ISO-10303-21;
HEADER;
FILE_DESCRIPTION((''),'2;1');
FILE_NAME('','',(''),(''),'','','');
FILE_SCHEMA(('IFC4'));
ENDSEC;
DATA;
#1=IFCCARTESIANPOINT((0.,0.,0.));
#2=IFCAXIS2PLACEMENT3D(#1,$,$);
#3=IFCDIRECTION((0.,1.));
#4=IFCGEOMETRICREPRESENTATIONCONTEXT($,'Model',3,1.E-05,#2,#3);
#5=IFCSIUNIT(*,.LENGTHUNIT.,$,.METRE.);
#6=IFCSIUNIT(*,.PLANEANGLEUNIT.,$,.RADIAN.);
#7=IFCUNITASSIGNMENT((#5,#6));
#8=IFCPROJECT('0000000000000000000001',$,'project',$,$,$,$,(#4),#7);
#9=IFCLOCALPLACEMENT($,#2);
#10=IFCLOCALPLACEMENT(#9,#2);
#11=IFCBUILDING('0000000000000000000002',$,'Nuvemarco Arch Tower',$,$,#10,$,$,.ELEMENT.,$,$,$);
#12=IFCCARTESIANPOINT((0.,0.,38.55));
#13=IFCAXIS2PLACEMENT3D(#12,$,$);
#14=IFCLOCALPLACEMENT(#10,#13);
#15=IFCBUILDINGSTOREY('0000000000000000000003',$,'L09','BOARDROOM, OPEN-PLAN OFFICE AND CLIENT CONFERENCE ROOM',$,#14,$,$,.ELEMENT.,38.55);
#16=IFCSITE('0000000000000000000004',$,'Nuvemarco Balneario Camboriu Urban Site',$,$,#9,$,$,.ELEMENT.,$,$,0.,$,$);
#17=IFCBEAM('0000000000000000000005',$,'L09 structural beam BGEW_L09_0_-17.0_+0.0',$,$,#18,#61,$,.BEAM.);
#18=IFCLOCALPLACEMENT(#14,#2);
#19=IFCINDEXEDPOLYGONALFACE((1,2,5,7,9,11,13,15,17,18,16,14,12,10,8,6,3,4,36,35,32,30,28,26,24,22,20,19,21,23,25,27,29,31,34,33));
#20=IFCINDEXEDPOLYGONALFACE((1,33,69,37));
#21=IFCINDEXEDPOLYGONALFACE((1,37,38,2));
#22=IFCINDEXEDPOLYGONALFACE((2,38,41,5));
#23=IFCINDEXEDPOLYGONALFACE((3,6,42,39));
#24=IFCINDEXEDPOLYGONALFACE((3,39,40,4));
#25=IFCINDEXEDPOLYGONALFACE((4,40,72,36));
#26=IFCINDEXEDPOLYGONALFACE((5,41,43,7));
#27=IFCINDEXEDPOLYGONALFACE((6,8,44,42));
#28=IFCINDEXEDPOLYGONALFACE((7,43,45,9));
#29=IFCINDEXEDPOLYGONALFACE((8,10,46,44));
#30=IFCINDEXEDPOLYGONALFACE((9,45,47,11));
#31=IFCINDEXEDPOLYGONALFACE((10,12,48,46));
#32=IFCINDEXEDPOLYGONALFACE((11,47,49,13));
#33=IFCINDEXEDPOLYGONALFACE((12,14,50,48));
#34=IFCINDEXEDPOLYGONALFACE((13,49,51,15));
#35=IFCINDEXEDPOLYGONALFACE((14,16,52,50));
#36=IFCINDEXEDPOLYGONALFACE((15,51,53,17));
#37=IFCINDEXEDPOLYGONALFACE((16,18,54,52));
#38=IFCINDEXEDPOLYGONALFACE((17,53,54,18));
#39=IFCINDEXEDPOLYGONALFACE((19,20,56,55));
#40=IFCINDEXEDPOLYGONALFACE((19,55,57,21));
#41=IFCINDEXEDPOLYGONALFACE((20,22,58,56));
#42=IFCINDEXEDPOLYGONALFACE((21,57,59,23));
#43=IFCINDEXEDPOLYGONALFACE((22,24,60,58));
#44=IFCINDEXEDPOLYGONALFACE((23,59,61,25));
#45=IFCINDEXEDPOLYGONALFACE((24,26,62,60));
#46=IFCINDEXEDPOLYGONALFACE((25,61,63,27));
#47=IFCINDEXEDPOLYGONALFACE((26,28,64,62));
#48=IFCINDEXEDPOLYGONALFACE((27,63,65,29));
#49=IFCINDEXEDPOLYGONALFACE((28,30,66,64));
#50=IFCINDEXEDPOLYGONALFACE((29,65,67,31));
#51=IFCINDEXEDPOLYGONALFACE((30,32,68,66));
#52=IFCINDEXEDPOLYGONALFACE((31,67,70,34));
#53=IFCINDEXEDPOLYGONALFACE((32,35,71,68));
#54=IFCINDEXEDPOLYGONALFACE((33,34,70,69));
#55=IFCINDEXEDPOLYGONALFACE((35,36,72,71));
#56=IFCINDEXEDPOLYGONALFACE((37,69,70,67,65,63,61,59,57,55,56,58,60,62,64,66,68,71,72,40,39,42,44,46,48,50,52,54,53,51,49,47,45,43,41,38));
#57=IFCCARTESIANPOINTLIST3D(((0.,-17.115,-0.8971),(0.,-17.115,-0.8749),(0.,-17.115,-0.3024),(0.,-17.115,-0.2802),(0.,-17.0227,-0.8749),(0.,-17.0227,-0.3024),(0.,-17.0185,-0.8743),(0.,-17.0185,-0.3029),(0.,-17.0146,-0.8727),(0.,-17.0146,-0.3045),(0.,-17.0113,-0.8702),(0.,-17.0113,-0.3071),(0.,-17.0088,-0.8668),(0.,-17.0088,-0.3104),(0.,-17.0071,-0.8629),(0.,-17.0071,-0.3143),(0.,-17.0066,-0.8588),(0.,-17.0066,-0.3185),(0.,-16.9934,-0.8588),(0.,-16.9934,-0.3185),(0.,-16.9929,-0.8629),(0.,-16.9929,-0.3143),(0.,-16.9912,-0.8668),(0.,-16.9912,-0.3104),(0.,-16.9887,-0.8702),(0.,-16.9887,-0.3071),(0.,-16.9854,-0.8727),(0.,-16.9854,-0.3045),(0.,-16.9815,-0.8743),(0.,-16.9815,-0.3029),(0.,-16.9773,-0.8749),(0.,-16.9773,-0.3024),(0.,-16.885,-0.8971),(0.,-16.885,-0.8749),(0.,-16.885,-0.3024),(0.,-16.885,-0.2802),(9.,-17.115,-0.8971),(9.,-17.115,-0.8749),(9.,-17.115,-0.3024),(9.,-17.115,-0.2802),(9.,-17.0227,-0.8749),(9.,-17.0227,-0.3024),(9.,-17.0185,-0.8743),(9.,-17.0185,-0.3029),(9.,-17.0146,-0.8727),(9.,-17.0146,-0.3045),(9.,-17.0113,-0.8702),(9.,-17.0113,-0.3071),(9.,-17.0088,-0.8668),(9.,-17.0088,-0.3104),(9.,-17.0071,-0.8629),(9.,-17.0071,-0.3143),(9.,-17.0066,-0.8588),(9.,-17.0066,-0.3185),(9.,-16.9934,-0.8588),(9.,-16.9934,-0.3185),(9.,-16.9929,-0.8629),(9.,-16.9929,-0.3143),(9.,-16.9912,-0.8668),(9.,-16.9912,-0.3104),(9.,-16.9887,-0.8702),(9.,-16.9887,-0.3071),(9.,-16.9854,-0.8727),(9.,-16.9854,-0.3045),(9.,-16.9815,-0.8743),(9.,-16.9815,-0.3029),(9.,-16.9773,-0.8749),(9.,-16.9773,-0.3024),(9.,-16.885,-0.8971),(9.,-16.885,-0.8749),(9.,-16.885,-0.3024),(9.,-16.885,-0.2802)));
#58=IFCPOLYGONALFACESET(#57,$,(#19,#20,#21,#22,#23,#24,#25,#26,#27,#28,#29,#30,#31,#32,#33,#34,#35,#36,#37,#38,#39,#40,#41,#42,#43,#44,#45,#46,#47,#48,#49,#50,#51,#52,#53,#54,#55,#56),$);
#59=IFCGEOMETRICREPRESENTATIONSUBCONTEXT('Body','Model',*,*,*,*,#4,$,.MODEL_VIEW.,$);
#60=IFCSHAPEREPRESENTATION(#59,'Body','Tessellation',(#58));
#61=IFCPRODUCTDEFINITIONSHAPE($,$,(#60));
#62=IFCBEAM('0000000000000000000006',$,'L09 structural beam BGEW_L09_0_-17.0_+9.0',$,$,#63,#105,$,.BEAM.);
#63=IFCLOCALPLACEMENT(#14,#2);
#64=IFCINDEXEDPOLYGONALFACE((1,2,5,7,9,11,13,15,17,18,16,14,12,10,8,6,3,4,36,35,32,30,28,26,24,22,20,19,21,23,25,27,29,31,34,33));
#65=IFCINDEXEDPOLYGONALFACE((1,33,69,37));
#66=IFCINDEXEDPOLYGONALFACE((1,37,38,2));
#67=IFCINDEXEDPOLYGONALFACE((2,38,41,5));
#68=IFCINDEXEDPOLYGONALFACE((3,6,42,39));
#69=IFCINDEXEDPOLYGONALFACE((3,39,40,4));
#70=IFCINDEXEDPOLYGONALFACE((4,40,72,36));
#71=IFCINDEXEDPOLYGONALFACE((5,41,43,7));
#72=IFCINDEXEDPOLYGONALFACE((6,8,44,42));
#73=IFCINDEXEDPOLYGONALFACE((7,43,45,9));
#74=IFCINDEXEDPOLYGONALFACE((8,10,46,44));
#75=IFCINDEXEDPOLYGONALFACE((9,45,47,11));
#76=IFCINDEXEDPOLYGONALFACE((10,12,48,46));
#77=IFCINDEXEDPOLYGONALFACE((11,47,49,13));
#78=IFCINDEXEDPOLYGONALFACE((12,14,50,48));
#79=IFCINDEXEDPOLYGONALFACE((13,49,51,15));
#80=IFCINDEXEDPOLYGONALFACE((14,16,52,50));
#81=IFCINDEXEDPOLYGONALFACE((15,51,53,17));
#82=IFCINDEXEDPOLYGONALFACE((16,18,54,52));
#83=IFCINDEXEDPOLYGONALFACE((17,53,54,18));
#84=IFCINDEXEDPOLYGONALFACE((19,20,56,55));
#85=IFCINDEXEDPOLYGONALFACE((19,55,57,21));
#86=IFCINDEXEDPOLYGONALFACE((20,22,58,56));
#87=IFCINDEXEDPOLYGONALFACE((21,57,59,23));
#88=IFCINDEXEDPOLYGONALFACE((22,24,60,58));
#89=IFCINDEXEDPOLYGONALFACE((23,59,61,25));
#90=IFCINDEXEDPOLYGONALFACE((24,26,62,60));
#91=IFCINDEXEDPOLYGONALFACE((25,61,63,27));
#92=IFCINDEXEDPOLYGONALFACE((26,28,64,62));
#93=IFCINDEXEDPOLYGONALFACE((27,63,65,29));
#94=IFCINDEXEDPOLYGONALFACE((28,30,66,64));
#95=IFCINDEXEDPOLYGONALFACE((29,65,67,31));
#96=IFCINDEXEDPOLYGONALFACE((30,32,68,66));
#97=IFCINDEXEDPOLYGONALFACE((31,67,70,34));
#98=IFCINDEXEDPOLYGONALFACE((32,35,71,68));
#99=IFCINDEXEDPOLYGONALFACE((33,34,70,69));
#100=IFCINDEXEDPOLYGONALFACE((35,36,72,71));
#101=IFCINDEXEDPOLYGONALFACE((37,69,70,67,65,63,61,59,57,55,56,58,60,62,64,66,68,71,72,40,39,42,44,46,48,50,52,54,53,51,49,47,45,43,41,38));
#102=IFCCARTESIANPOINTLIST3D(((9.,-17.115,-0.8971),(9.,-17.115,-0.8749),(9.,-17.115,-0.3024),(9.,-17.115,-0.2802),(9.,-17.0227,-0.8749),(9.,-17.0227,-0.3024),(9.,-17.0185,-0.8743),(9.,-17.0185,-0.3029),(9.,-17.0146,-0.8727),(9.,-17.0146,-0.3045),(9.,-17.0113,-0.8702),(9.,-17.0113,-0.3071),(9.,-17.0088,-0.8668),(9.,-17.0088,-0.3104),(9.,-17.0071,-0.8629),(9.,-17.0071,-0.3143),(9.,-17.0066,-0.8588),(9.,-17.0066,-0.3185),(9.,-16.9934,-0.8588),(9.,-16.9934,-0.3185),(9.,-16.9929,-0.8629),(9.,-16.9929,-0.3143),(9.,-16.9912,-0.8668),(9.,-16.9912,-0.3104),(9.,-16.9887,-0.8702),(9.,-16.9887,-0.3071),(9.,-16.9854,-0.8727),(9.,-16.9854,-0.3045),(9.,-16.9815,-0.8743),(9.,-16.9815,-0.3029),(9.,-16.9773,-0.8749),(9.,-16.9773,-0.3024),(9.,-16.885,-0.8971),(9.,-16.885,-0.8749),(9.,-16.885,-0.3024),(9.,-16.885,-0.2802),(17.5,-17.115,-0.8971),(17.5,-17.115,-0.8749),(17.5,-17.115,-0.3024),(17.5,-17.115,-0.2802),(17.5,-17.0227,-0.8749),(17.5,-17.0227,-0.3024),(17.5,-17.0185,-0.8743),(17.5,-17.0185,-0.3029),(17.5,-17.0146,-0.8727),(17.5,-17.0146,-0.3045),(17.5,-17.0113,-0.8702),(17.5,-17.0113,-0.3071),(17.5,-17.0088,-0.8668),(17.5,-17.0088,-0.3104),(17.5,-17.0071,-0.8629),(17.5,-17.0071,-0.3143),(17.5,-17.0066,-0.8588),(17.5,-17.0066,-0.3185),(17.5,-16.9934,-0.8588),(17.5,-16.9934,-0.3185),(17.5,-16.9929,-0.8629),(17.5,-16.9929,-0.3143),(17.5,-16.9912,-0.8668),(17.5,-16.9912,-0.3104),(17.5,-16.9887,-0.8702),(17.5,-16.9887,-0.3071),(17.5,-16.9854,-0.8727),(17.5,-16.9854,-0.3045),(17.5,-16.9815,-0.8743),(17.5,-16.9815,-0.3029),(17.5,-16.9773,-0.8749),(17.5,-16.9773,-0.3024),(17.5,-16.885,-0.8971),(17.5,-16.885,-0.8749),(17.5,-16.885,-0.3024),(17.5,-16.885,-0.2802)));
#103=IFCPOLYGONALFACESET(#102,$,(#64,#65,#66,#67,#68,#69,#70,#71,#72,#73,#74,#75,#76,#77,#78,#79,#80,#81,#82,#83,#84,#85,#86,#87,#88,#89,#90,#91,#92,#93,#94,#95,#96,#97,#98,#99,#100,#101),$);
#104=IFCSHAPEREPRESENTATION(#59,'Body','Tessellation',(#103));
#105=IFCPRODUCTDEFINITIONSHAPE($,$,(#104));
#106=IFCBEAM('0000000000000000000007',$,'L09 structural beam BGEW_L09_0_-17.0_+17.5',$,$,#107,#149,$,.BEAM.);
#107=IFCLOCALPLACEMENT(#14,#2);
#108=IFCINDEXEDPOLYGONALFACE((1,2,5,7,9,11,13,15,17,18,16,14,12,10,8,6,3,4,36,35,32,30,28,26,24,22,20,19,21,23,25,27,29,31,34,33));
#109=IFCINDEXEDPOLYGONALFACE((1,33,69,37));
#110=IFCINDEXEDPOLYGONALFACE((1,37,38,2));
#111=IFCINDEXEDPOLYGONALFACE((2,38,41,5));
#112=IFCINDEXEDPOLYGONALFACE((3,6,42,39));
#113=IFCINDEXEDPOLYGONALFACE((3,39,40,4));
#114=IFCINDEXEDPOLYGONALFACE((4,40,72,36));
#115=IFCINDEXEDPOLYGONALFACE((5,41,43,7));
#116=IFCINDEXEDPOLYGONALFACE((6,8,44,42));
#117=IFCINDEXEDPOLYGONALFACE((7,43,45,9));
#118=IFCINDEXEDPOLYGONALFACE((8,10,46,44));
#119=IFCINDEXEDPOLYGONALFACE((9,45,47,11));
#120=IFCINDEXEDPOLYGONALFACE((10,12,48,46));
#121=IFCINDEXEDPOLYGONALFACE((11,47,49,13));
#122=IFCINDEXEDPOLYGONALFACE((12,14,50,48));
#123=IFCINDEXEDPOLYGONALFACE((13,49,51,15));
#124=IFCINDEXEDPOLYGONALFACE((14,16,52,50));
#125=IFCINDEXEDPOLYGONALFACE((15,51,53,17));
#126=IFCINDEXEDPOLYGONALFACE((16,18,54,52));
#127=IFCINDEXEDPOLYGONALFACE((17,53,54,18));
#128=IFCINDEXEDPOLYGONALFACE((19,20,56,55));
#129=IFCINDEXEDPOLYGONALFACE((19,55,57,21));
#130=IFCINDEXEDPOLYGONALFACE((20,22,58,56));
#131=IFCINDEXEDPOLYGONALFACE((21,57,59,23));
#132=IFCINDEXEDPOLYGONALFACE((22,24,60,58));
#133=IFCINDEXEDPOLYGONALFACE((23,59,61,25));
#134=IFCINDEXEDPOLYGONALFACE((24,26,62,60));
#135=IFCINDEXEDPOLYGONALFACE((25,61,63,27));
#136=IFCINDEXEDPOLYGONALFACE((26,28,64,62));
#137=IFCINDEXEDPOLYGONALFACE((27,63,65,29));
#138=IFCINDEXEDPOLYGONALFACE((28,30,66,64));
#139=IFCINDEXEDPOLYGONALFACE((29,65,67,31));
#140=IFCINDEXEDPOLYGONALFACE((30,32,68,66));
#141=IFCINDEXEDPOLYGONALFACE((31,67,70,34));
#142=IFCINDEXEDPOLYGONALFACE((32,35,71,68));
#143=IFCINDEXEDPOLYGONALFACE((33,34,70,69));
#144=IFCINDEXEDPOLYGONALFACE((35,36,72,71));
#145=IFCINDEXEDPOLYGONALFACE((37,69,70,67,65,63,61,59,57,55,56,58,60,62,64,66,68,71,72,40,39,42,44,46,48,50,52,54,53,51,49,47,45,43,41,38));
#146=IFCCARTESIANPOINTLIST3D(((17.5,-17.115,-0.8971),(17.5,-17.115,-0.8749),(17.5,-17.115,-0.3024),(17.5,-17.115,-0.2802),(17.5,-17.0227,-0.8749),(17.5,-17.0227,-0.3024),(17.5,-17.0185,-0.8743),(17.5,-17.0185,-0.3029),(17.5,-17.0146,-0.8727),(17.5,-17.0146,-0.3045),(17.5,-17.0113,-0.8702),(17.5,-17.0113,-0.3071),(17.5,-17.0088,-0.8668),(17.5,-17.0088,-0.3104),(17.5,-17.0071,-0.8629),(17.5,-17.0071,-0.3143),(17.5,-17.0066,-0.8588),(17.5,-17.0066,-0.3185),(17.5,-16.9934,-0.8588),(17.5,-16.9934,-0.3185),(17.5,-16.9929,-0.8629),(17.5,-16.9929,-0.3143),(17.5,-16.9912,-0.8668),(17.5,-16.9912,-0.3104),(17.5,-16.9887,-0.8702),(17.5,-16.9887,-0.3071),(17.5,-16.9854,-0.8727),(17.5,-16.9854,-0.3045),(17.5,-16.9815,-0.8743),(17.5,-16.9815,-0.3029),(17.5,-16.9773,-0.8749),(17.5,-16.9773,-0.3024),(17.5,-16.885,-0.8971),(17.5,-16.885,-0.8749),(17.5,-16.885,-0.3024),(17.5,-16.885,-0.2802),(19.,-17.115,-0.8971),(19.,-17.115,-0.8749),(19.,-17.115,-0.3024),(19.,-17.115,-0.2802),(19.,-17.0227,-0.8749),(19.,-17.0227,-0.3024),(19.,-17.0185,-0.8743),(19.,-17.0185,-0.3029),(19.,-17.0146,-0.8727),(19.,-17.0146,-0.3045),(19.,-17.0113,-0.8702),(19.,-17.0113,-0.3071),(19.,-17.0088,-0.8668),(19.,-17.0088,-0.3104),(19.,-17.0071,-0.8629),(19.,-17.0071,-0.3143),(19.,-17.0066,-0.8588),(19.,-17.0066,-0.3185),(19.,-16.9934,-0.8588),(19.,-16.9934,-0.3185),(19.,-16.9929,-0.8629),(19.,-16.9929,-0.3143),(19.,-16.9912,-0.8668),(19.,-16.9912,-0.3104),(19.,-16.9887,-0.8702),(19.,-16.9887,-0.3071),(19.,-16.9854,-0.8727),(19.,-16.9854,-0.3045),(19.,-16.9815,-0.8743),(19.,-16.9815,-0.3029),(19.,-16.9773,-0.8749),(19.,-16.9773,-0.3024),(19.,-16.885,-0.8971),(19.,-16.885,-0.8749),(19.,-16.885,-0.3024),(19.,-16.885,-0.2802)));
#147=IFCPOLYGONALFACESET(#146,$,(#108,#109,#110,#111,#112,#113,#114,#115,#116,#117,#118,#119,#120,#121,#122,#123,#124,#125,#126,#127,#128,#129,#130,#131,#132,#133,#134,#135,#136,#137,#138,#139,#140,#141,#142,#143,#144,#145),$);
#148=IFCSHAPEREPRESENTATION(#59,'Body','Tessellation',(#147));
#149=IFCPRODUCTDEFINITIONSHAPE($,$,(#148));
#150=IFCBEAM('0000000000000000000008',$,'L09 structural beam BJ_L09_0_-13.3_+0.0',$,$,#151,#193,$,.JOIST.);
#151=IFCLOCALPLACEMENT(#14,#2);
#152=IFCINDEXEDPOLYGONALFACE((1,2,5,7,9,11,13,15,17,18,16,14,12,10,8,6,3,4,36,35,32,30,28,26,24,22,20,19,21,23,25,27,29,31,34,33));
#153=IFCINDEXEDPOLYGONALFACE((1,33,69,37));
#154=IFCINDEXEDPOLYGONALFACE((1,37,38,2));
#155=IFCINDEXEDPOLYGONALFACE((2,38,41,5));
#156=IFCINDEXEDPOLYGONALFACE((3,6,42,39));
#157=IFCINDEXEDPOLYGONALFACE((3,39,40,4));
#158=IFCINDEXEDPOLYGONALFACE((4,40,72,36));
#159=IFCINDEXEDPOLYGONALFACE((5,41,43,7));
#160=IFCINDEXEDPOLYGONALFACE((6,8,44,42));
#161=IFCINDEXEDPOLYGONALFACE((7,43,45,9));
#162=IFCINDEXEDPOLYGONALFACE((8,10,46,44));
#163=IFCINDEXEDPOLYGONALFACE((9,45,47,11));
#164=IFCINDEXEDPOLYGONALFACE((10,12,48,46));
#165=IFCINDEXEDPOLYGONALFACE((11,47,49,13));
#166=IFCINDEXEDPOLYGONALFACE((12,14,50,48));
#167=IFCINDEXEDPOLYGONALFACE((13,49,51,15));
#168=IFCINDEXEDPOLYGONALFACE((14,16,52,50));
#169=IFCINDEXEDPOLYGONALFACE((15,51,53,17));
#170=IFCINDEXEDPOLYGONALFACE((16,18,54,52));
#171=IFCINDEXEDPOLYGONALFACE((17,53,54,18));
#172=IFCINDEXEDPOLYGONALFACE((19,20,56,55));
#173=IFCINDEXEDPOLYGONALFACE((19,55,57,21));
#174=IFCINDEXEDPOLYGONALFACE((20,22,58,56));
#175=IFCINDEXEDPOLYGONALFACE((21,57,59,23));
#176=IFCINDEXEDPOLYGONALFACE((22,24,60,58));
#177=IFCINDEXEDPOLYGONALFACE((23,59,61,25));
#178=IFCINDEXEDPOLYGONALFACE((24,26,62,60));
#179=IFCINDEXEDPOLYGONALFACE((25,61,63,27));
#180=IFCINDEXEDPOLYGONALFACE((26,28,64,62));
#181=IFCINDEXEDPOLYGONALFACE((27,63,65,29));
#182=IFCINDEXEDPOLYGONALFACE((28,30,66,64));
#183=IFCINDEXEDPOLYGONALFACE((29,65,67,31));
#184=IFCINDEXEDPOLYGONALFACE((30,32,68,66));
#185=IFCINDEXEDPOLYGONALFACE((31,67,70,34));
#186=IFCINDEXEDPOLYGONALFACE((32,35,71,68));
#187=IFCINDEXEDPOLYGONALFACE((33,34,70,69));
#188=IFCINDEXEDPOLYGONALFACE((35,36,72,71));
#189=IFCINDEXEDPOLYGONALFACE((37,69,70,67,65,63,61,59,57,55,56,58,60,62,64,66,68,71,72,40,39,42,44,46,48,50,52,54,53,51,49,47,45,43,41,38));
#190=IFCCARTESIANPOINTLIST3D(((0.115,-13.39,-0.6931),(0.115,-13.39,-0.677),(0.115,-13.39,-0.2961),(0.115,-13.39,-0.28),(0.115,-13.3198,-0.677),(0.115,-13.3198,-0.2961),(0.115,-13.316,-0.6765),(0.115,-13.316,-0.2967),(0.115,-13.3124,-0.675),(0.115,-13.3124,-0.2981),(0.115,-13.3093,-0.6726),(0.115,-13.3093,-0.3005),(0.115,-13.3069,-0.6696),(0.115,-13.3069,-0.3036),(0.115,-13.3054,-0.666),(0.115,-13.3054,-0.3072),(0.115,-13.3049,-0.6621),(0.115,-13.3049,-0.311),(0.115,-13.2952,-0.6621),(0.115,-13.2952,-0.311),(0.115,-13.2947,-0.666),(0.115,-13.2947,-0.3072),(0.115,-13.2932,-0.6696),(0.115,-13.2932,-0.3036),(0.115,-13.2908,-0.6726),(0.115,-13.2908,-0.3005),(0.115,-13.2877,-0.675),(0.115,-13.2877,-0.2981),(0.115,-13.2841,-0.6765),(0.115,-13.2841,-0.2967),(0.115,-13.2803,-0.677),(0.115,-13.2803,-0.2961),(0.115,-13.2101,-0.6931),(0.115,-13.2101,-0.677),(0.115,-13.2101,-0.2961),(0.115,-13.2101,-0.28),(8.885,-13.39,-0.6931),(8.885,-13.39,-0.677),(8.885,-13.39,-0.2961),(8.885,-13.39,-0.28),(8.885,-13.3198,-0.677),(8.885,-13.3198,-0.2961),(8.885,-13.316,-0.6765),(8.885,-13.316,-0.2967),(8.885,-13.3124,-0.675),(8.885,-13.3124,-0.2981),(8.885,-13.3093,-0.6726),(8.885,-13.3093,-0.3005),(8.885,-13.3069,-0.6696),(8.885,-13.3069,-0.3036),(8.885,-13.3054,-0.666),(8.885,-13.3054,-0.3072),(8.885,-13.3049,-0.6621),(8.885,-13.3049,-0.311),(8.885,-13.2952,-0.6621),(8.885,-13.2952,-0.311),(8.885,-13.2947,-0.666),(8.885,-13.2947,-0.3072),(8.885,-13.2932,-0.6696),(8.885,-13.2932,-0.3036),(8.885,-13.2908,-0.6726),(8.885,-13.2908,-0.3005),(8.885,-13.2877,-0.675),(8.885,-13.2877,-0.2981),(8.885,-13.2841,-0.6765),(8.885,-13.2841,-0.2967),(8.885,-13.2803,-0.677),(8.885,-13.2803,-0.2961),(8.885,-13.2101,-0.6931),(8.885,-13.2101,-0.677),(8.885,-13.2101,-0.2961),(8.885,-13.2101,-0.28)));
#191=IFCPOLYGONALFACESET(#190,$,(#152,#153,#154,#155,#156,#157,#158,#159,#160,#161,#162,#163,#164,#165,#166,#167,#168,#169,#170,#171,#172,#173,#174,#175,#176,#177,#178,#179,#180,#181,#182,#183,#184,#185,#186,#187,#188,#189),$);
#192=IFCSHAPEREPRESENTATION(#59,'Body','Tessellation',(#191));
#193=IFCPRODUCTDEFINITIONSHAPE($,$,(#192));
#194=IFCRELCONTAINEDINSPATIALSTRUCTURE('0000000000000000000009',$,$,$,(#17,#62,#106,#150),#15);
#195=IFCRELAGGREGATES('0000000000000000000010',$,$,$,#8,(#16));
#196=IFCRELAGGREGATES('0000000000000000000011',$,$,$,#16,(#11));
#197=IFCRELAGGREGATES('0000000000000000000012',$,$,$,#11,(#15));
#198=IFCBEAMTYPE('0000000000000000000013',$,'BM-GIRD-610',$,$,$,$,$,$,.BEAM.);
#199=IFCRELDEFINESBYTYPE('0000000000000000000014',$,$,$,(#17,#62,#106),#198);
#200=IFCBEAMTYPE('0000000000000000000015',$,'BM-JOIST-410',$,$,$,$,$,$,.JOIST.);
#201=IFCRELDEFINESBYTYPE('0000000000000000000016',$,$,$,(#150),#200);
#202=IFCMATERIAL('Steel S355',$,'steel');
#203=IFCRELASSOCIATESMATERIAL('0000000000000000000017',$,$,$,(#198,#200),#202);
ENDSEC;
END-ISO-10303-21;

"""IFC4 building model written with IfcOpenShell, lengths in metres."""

from ifc_helpers import new_model, si_unit, direction, frame, origin, origin_2d, place, context, subcontext, project, spatial, i_section, extrude, material, material_profile, profile_set, type_object, element, save


model = new_model("IFC4")

# Units and contexts
model_context = context("Model", 3, precision=1e-05, world=origin(), true_north=direction((0.0, 1.0)))
body_context = subcontext(model_context, "Body", "Model", "MODEL_VIEW")
ifc_project = project(units=[si_unit("LENGTHUNIT", "METRE"), si_unit("PLANEANGLEUNIT", "RADIAN")], contexts=[model_context])

# Site, building, storey
site_placement = place(None, origin())
site = spatial("IfcSite", under=ifc_project, at=site_placement, Name="Nuvemarco Balneario Camboriu Urban Site", CompositionType="ELEMENT", RefElevation=0.0)
building_placement = place(site_placement, origin())
building = spatial("IfcBuilding", under=site, at=building_placement, Name="Nuvemarco Arch Tower", CompositionType="ELEMENT")
storey_placement = place(building_placement, frame((0.0, 0.0, 38.55)))
storey = spatial("IfcBuildingStorey", under=building, at=storey_placement, Name="L09", Description="BOARDROOM, OPEN-PLAN OFFICE AND CLIENT CONFERENCE ROOM", CompositionType="ELEMENT", Elevation=38.55)

# Shared definitions
ifc_material_1 = material(Name="Steel S355", Category="steel")

# Beams
ifc_material_profile_1 = material_profile(ifc_material_1, i_section(OverallWidth=0.23, OverallDepth=0.6169, WebThickness=0.0132, FlangeThickness=0.0222, FilletRadius=0.0161, at=origin_2d()), Name="W610x140")
ifc_profile_set_1 = profile_set([ifc_material_profile_1], Name="Steel S355")
beam_type_1 = type_object("IfcBeamType", Name="BM-GIRD-610", PredefinedType="BEAM", material=ifc_profile_set_1)
beam_1_placement = place(storey_placement, frame((0.0, -17.0, -0.5886), z_axis=(1.0, 0.0, 0.0), x_axis=(0.0, 1.0, 0.0)))
element("IfcBeam", 1, at=beam_1_placement, inside=storey, type_object=beam_type_1, Name="L09 structural beam BGEW_L09_0_-17.0_+0.0", PredefinedType="BEAM", context=body_context, shape_type="SweptSolid", body=[
    extrude(i_section(OverallWidth=0.23, OverallDepth=0.6169, WebThickness=0.0132, FlangeThickness=0.0222, FilletRadius=0.0161, at=origin_2d()), origin(), (0.0, 0.0, 1.0), 9.0),
])
beam_2_placement = place(storey_placement, frame((9.0, -17.0, -0.5886), z_axis=(1.0, 0.0, 0.0), x_axis=(0.0, 1.0, 0.0)))
element("IfcBeam", 2, at=beam_2_placement, inside=storey, type_object=beam_type_1, Name="L09 structural beam BGEW_L09_0_-17.0_+9.0", PredefinedType="BEAM", context=body_context, shape_type="SweptSolid", body=[
    extrude(i_section(OverallWidth=0.23, OverallDepth=0.6169, WebThickness=0.0132, FlangeThickness=0.0222, FilletRadius=0.0161, at=origin_2d()), origin(), (0.0, 0.0, 1.0), 8.5),
])
beam_3_placement = place(storey_placement, frame((17.5, -17.0, -0.5886), z_axis=(1.0, 0.0, 0.0), x_axis=(0.0, 1.0, 0.0)))
element("IfcBeam", 3, at=beam_3_placement, inside=storey, type_object=beam_type_1, Name="L09 structural beam BGEW_L09_0_-17.0_+17.5", PredefinedType="BEAM", context=body_context, shape_type="SweptSolid", body=[
    extrude(i_section(OverallWidth=0.23, OverallDepth=0.6169, WebThickness=0.0132, FlangeThickness=0.0222, FilletRadius=0.0161, at=origin_2d()), origin(), (0.0, 0.0, 1.0), 1.5),
])
ifc_material_profile_2 = material_profile(ifc_material_1, i_section(OverallWidth=0.1799, OverallDepth=0.4131, WebThickness=0.0098, FlangeThickness=0.0161, FilletRadius=0.0149, at=origin_2d()), Name="W410x75")
ifc_profile_set_2 = profile_set([ifc_material_profile_2], Name="Steel S355")
beam_type_2 = type_object("IfcBeamType", Name="BM-JOIST-410", PredefinedType="JOIST", material=ifc_profile_set_2)
beam_4_placement = place(storey_placement, frame((0.115, -13.3, -0.4866), z_axis=(1.0, 0.0, 0.0), x_axis=(0.0, 1.0, 0.0)))
element("IfcBeam", 4, at=beam_4_placement, inside=storey, type_object=beam_type_2, Name="L09 structural beam BJ_L09_0_-13.3_+0.0", PredefinedType="JOIST", context=body_context, shape_type="SweptSolid", body=[
    extrude(i_section(OverallWidth=0.1799, OverallDepth=0.4131, WebThickness=0.0098, FlangeThickness=0.0161, FilletRadius=0.0149, at=origin_2d()), origin(), (0.0, 0.0, 1.0), 8.77),
])

save(model, "model.ifc")
